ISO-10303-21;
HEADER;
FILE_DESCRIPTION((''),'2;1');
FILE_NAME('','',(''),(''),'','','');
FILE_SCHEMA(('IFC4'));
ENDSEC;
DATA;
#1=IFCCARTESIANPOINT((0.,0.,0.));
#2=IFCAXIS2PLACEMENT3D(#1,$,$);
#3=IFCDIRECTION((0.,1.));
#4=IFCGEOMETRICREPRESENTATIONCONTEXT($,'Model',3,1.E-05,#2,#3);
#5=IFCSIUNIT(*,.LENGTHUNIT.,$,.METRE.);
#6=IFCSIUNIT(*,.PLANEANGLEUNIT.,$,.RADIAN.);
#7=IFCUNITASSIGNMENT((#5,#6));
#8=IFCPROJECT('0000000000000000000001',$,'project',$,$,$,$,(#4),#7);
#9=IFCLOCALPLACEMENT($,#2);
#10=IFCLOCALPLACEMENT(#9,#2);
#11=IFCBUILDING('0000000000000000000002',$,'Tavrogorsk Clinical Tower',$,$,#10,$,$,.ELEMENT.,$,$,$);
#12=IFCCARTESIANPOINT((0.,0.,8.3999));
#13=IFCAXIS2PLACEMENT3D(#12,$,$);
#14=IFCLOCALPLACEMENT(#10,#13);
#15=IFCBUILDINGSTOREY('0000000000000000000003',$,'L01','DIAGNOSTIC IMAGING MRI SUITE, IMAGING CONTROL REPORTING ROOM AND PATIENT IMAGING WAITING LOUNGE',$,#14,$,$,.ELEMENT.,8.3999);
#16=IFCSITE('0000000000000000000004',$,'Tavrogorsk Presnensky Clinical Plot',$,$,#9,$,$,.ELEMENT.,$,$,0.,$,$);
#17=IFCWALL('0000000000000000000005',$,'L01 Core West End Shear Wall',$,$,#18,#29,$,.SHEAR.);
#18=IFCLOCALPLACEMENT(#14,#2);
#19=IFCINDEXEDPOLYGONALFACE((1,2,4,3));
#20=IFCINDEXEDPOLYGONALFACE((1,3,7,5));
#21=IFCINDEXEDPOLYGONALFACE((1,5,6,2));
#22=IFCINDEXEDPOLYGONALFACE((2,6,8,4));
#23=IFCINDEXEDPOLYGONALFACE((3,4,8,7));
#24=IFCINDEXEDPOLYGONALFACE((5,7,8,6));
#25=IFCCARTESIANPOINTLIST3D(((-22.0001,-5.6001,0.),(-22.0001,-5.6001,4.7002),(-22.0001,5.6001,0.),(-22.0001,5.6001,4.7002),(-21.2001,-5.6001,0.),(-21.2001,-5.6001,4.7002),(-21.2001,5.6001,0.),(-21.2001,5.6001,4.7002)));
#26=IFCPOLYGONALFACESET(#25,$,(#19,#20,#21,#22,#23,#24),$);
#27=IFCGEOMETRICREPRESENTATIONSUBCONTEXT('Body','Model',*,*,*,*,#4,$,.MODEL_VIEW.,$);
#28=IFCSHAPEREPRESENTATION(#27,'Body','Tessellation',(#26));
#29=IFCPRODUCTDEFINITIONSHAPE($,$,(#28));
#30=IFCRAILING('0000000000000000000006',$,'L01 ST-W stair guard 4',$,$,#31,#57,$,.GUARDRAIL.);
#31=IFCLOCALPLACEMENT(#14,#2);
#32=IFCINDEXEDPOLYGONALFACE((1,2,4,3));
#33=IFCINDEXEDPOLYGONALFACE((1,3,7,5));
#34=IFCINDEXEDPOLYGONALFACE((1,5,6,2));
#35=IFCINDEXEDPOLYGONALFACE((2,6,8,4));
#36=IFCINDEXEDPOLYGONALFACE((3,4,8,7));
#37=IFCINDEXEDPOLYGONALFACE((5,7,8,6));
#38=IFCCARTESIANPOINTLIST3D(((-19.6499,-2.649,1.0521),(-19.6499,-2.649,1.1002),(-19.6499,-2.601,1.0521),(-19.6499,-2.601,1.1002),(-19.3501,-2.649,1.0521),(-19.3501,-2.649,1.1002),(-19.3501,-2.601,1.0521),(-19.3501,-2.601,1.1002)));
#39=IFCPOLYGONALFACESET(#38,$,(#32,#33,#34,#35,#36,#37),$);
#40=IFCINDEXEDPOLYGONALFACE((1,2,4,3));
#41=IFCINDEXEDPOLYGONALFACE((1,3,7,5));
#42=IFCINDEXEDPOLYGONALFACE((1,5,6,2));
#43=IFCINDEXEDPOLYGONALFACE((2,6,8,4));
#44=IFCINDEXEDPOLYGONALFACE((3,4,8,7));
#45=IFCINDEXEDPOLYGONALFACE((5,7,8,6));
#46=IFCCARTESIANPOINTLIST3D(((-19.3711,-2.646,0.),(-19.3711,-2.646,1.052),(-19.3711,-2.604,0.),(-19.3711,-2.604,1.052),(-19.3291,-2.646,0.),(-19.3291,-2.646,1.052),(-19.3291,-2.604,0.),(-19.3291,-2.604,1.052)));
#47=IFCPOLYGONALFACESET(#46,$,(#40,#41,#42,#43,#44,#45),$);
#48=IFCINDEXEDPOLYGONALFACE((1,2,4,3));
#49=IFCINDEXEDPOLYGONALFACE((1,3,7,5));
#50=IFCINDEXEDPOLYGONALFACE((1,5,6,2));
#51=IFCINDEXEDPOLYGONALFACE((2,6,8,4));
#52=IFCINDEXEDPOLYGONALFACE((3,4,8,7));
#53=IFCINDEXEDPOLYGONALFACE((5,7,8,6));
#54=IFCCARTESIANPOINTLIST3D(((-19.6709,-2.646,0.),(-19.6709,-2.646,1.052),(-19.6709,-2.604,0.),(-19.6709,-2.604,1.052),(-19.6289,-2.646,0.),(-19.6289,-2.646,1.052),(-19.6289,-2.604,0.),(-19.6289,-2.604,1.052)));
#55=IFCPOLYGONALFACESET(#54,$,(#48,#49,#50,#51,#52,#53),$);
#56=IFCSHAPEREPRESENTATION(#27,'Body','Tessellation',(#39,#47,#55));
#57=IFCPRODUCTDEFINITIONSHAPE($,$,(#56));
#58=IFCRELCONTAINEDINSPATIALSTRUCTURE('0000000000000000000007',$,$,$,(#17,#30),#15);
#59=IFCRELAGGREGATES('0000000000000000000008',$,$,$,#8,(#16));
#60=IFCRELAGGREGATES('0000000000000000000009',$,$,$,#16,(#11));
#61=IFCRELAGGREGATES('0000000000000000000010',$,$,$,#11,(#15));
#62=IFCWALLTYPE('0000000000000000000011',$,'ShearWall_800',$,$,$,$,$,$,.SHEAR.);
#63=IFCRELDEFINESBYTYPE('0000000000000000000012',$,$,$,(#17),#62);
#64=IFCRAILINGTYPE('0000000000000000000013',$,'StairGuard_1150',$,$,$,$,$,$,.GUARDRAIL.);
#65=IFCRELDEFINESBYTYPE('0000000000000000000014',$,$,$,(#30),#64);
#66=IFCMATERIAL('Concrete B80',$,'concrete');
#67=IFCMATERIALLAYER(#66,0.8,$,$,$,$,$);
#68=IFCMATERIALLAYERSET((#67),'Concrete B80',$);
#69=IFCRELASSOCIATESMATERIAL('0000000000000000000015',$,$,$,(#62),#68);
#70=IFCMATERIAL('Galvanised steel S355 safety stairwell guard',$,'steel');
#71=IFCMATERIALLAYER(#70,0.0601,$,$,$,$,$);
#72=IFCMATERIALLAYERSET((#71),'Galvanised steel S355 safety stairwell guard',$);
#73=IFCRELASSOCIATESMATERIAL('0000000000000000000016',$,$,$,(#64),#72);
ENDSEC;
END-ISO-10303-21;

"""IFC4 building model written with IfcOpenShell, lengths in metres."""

from ifc_helpers import new_model, si_unit, direction, frame, frame_2d, origin, origin_2d, place, context, subcontext, project, spatial, rectangle, extrude, material, layer, layer_set, type_object, element, save


model = new_model("IFC4")

# Units and contexts
model_context = context("Model", 3, precision=1e-05, world=origin(), true_north=direction((0.0, 1.0)))
body_context = subcontext(model_context, "Body", "Model", "MODEL_VIEW")
ifc_project = project(units=[si_unit("LENGTHUNIT", "METRE"), si_unit("PLANEANGLEUNIT", "RADIAN")], contexts=[model_context])

# Site, building, storey
site_placement = place(None, origin())
site = spatial("IfcSite", under=ifc_project, at=site_placement, Name="Tavrogorsk Presnensky Clinical Plot", CompositionType="ELEMENT", RefElevation=0.0)
building_placement = place(site_placement, origin())
building = spatial("IfcBuilding", under=site, at=building_placement, Name="Tavrogorsk Clinical Tower", CompositionType="ELEMENT")
storey_placement = place(building_placement, frame((0.0, 0.0, 8.3999)))
storey = spatial("IfcBuildingStorey", under=building, at=storey_placement, Name="L01", Description="DIAGNOSTIC IMAGING MRI SUITE, IMAGING CONTROL REPORTING ROOM AND PATIENT IMAGING WAITING LOUNGE", CompositionType="ELEMENT", Elevation=8.3999)

# Wall
ifc_material_1 = material(Name="Concrete B80", Category="concrete")
ifc_layer_1 = layer(ifc_material_1, 0.8)
ifc_layer_set_1 = layer_set([ifc_layer_1], Name="Concrete B80")
wall_type_1 = type_object("IfcWallType", Name="ShearWall_800", PredefinedType="SHEAR", material=ifc_layer_set_1)
wall_1_placement = place(storey_placement, frame((-21.6001, -5.6001, 0.0), z_axis=(0.0, 0.0, 1.0), x_axis=(0.0, 1.0, 0.0)))
element("IfcWall", 1, at=wall_1_placement, inside=storey, type_object=wall_type_1, Name="L01 Core West End Shear Wall", PredefinedType="SHEAR", context=body_context, shape_type="SweptSolid", body=[
    extrude(rectangle(XDim=11.2002, YDim=0.8, at=frame_2d((5.6001, 0.0))), origin(), (0.0, 0.0, 1.0), 4.7002),
])

# Railing
ifc_material_2 = material(Name="Galvanised steel S355 safety stairwell guard", Category="steel")
ifc_layer_2 = layer(ifc_material_2, 0.0601)
ifc_layer_set_2 = layer_set([ifc_layer_2], Name="Galvanised steel S355 safety stairwell guard")
railing_type = type_object("IfcRailingType", Name="StairGuard_1150", PredefinedType="GUARDRAIL", material=ifc_layer_set_2)
railing_placement = place(storey_placement, frame((-19.3501, -2.625, 0.0)))
element("IfcRailing", 2, at=railing_placement, inside=storey, type_object=railing_type, Name="L01 ST-W stair guard 4", PredefinedType="GUARDRAIL", context=body_context, shape_type="SweptSolid", body=[
    extrude(rectangle(XDim=0.0481, YDim=0.0481, at=origin_2d()), frame((0.0, 0.0, 1.0762), z_axis=(-1.0, 0.0, 0.0), x_axis=(0.0, -1.0, 0.0)), (0.0, 0.0, 1.0), 0.2998),
    extrude(rectangle(XDim=0.042, YDim=0.042, at=origin_2d()), origin(), (0.0, 0.0, 1.0), 1.052),
    extrude(rectangle(XDim=0.042, YDim=0.042, at=origin_2d()), frame((-0.2998, 0.0, 0.0)), (0.0, 0.0, 1.0), 1.052),
])

save(model, "model.ifc")
